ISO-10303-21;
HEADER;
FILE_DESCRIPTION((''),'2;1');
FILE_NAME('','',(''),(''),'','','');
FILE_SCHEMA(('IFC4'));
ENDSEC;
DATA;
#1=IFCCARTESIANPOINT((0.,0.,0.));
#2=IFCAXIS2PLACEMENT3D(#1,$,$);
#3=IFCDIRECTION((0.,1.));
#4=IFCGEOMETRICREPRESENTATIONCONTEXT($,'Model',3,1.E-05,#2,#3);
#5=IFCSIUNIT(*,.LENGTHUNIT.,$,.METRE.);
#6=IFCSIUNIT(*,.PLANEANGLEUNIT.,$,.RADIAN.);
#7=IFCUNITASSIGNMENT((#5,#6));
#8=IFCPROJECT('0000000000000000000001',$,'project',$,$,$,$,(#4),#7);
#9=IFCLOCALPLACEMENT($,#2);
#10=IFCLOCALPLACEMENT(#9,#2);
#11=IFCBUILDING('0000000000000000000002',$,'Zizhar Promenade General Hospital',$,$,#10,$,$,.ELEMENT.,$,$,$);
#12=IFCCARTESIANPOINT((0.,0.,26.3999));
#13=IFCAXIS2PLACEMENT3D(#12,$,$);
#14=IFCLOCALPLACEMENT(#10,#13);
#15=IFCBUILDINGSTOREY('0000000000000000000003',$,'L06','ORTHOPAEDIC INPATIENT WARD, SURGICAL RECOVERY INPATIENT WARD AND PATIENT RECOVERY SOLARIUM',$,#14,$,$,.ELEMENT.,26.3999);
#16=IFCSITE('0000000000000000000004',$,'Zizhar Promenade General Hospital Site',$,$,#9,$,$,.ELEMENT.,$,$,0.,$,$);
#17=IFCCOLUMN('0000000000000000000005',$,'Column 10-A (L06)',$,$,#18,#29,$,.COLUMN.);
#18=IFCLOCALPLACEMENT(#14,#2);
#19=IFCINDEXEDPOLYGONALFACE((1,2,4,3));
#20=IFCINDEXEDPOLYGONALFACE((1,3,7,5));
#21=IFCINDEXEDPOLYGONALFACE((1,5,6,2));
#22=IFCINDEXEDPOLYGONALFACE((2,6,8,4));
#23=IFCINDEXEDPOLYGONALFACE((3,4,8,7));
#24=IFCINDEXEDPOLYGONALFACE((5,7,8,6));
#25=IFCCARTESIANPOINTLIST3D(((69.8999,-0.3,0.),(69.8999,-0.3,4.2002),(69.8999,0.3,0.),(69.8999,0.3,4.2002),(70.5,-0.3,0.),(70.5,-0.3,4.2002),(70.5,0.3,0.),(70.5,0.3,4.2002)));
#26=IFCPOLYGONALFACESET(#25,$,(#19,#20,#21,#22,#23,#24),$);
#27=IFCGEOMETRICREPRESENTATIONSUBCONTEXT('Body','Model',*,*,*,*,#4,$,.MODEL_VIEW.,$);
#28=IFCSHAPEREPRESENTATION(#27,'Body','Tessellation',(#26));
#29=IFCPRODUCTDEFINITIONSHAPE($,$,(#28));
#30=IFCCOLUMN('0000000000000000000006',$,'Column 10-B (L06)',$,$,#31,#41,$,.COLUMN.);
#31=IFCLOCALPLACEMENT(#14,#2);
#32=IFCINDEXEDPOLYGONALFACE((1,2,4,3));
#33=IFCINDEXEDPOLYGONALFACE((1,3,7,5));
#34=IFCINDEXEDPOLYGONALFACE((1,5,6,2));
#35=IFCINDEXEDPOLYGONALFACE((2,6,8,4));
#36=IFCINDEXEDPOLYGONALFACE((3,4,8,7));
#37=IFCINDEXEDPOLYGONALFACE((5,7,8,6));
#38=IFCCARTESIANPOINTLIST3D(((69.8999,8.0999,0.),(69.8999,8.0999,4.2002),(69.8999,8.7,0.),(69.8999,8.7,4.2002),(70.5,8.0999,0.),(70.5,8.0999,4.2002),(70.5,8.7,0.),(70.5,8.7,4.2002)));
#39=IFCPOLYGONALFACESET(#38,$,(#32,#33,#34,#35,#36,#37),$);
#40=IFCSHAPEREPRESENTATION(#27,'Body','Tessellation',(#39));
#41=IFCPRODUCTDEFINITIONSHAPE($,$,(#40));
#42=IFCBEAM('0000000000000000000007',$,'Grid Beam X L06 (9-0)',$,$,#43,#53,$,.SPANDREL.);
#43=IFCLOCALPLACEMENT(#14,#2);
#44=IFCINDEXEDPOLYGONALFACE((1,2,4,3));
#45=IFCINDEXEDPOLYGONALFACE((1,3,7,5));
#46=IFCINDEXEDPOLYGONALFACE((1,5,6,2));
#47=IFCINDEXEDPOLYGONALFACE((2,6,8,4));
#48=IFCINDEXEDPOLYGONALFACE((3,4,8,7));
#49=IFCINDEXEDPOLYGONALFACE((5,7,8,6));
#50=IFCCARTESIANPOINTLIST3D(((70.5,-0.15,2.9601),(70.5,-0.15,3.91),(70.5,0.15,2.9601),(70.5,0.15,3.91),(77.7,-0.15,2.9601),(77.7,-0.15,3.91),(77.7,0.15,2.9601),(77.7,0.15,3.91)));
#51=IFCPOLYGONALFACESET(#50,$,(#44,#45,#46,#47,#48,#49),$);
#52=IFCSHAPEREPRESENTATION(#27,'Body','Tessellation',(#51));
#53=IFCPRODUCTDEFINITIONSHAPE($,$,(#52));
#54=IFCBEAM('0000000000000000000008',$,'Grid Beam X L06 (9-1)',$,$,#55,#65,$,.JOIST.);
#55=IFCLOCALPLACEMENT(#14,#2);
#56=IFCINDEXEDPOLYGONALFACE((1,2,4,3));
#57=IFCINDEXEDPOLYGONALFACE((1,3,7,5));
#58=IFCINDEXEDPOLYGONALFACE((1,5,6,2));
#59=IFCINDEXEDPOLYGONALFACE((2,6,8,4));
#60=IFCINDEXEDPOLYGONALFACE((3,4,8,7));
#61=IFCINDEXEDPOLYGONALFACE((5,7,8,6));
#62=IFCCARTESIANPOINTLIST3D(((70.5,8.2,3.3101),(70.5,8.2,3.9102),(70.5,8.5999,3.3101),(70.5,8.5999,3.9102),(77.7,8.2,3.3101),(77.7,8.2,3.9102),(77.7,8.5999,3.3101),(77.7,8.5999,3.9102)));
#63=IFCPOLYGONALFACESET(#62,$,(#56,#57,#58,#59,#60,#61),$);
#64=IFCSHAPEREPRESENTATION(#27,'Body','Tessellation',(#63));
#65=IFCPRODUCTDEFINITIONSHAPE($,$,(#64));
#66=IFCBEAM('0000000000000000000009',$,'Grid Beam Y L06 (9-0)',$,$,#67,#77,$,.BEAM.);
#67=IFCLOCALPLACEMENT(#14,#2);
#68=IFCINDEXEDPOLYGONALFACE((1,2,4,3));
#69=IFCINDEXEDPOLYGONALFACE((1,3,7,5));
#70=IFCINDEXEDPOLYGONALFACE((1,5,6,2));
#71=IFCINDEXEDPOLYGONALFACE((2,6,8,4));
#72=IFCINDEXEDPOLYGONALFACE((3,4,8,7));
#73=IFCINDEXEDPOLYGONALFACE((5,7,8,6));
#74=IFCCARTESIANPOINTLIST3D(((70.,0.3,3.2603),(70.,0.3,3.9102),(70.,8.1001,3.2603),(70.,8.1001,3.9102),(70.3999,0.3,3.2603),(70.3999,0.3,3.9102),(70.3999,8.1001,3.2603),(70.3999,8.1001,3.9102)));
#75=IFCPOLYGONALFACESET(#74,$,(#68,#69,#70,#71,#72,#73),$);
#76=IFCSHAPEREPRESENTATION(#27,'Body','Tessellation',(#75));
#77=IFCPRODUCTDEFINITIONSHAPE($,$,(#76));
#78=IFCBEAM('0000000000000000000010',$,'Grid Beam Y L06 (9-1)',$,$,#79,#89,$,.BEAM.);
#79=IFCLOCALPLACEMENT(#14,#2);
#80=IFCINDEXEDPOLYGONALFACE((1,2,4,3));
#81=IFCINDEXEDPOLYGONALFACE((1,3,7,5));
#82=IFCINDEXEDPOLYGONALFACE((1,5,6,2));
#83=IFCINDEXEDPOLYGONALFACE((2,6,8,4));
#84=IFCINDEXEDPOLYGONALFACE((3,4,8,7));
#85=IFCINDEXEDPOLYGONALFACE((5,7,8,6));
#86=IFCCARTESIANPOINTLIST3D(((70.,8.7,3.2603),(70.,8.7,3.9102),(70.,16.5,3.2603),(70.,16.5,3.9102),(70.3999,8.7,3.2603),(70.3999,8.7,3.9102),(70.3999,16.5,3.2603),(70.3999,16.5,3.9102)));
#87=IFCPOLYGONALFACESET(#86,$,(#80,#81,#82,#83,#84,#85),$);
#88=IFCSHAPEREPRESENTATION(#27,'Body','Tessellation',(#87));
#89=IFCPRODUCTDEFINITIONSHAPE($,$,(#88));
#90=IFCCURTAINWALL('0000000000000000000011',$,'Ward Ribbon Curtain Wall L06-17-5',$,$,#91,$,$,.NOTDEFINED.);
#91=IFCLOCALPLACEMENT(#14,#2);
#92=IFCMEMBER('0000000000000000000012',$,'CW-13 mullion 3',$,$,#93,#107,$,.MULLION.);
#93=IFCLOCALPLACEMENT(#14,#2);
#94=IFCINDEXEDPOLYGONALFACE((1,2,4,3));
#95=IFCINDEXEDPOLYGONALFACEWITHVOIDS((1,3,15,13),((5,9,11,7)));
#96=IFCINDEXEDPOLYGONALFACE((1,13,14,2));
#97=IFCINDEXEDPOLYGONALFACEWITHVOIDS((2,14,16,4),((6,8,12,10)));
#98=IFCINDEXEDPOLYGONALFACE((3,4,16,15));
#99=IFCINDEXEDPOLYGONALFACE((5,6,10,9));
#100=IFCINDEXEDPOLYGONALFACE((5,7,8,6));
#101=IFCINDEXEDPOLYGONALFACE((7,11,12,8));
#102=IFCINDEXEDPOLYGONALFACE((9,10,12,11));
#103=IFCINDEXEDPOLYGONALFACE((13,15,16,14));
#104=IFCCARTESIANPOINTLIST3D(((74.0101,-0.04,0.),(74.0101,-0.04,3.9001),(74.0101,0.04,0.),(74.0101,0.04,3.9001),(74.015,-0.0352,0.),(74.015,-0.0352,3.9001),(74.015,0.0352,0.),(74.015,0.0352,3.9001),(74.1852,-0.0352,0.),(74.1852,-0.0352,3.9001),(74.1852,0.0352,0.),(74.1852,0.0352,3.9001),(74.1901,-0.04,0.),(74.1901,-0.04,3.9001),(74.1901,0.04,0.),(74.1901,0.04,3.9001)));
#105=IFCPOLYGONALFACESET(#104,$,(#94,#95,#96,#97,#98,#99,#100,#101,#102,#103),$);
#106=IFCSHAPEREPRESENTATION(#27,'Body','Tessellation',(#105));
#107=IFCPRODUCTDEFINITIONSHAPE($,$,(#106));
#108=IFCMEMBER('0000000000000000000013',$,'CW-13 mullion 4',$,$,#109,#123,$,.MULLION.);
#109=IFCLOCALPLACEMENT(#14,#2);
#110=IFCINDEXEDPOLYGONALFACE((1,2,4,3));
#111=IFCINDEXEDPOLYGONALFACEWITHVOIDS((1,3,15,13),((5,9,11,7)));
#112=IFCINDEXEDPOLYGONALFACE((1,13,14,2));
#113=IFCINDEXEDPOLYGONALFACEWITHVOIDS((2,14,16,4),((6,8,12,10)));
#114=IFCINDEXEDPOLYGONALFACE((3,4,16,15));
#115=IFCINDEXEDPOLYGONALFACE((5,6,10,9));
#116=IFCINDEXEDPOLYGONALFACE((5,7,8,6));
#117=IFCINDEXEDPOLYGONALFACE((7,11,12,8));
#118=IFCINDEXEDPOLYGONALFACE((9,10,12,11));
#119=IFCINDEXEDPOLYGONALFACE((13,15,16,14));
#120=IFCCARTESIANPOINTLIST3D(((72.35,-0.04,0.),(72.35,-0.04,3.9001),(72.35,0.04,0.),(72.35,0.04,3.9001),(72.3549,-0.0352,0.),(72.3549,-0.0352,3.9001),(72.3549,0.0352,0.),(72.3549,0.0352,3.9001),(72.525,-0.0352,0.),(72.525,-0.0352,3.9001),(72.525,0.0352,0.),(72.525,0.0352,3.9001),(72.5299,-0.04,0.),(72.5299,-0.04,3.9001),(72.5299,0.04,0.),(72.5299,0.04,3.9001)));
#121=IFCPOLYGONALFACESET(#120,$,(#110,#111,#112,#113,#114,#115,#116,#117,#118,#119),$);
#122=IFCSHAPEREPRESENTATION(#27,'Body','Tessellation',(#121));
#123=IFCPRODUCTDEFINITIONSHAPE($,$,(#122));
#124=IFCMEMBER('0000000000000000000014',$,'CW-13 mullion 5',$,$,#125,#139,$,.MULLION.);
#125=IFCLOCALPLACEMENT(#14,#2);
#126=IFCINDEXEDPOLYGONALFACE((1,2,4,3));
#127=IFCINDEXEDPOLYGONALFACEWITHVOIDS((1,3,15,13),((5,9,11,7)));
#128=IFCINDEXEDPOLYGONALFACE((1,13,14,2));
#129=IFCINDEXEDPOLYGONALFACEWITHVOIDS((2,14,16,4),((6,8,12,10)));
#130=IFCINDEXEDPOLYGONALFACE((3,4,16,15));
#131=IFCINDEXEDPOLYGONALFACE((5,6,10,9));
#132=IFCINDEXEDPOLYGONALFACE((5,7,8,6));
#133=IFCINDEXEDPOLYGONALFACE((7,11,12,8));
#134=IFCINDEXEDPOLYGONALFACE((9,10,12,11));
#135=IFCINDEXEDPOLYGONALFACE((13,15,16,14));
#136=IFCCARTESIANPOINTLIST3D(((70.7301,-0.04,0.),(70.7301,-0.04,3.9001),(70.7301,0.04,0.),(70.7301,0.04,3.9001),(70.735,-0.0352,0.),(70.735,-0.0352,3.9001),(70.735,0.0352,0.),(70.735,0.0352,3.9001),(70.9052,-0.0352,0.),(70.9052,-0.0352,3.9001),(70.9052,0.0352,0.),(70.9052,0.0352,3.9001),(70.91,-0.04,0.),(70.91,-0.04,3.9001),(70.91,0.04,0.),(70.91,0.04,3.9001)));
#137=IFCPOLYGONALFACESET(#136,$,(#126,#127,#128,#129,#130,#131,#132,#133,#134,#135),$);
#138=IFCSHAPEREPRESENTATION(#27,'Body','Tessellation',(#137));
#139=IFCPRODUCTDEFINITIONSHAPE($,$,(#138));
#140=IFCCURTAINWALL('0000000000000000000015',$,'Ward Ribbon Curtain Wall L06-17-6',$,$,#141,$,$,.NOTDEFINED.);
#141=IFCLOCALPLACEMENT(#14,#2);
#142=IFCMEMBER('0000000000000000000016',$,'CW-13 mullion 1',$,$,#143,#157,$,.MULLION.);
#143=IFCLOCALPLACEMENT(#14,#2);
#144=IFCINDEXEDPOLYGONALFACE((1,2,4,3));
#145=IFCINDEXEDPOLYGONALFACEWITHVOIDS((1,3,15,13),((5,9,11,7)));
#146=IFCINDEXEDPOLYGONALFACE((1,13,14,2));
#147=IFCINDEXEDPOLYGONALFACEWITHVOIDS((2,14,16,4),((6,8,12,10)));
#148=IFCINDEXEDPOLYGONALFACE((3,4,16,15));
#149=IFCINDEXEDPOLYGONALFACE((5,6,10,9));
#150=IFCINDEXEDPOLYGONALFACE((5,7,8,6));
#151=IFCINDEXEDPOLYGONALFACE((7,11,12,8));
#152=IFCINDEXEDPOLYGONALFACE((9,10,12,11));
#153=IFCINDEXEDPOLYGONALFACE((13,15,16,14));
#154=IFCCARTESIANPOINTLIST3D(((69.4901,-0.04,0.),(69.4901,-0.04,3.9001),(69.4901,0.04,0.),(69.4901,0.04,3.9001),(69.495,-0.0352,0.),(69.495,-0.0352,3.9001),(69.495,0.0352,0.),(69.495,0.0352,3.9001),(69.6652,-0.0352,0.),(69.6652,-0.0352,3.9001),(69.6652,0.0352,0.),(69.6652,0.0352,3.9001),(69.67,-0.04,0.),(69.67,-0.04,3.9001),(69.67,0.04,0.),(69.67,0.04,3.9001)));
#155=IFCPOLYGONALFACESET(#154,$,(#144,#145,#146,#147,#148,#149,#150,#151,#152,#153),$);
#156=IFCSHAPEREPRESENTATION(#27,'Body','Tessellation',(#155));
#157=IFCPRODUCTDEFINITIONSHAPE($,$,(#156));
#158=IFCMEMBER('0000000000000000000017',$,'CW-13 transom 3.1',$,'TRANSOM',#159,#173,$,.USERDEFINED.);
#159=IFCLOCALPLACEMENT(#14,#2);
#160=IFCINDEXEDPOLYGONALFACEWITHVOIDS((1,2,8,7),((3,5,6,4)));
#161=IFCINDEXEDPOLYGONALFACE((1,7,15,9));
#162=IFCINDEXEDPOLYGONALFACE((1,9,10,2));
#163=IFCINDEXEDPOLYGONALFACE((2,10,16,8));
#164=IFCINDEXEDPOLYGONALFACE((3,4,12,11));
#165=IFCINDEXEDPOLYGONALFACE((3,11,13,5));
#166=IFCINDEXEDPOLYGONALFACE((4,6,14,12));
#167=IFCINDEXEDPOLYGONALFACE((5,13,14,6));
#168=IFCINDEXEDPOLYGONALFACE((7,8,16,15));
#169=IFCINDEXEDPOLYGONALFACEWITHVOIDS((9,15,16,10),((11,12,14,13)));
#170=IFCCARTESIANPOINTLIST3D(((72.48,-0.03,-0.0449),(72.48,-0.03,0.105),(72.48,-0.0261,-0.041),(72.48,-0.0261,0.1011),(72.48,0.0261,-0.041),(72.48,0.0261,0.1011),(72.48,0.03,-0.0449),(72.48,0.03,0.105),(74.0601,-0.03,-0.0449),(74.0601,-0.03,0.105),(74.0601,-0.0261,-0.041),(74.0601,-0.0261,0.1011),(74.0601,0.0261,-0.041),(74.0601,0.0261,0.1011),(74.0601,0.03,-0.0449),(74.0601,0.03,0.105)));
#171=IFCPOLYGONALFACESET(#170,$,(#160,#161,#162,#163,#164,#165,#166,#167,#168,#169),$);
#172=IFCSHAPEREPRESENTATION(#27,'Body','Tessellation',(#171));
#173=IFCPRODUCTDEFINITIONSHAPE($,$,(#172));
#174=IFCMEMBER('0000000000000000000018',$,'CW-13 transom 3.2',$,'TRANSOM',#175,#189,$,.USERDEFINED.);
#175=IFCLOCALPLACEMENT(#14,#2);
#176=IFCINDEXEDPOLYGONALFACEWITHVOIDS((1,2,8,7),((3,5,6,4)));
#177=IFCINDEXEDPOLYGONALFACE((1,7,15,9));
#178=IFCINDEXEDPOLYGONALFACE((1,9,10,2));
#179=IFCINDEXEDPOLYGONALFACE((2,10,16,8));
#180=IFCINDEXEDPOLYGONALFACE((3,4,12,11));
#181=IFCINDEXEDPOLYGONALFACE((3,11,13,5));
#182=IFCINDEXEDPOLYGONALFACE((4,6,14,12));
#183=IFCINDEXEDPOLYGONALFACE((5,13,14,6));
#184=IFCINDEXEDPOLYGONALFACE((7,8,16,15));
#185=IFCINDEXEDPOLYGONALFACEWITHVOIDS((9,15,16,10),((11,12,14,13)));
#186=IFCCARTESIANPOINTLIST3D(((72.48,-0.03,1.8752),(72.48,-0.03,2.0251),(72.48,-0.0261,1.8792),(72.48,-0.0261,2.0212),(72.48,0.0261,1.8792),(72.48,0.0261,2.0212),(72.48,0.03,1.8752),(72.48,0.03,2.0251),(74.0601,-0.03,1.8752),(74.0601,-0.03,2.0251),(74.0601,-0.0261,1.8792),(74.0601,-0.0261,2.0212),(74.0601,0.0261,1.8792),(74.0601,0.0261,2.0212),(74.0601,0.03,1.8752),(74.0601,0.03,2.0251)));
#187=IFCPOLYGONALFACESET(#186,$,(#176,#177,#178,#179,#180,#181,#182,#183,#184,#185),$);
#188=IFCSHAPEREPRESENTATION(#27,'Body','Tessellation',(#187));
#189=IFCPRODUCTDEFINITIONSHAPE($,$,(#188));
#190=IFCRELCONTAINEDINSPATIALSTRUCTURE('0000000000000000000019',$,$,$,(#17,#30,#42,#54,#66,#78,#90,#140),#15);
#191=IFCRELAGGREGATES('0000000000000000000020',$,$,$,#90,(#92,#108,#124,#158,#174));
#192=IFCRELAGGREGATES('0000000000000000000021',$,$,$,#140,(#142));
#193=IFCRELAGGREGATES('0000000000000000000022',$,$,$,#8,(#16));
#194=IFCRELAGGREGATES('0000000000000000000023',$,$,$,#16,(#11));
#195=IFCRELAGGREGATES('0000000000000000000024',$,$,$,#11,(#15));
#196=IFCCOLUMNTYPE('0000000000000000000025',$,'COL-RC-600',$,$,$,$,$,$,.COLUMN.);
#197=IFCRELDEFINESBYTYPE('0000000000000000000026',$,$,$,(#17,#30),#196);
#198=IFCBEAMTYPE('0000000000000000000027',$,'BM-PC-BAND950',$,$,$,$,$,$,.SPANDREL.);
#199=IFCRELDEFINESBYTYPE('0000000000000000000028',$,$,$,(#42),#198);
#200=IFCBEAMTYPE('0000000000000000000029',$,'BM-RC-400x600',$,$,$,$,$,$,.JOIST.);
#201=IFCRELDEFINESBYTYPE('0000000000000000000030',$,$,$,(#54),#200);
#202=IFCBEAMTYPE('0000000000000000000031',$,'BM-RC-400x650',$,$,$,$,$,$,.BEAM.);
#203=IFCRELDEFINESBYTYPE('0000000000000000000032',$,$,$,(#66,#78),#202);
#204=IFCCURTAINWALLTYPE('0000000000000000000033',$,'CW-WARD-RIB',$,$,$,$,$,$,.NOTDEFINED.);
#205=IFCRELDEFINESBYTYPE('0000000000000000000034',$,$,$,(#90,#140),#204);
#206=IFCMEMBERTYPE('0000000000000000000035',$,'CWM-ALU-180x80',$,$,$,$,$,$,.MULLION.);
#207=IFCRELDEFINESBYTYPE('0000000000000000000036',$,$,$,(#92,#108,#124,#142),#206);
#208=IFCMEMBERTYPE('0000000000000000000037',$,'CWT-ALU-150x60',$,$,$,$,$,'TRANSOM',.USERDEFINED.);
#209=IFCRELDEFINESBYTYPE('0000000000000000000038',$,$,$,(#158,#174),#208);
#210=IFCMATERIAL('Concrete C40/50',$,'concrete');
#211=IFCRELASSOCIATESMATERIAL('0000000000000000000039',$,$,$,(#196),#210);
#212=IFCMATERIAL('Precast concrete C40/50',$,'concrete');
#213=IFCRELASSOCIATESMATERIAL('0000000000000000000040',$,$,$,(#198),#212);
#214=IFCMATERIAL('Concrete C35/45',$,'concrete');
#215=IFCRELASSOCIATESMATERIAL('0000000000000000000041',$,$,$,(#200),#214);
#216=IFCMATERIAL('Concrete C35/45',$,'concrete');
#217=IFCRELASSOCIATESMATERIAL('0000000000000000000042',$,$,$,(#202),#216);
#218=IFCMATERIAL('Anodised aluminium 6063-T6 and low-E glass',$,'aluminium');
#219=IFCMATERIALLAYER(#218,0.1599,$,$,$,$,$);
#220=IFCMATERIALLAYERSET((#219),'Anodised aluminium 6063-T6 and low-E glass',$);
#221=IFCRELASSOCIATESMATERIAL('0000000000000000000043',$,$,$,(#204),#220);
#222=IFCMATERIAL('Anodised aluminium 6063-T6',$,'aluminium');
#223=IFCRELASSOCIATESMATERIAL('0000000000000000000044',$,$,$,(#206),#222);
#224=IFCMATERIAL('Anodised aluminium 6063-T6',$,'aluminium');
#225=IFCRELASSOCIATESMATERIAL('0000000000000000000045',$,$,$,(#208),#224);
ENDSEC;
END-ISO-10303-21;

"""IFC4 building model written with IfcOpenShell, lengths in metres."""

from ifc_helpers import new_model, si_unit, direction, frame, origin, origin_2d, place, context, subcontext, project, spatial, rectangle, hollow_rectangle, extrude, material, layer, layer_set, material_profile, profile_set, type_object, element, aggregate, save


model = new_model("IFC4")

# Units and contexts
model_context = context("Model", 3, precision=1e-05, world=origin(), true_north=direction((0.0, 1.0)))
body_context = subcontext(model_context, "Body", "Model", "MODEL_VIEW")
ifc_project = project(units=[si_unit("LENGTHUNIT", "METRE"), si_unit("PLANEANGLEUNIT", "RADIAN")], contexts=[model_context])

# Site, building, storey
site_placement = place(None, origin())
site = spatial("IfcSite", under=ifc_project, at=site_placement, Name="Zizhar Promenade General Hospital Site", CompositionType="ELEMENT", RefElevation=0.0)
building_placement = place(site_placement, origin())
building = spatial("IfcBuilding", under=site, at=building_placement, Name="Zizhar Promenade General Hospital", CompositionType="ELEMENT")
storey_placement = place(building_placement, frame((0.0, 0.0, 26.3999)))
storey = spatial("IfcBuildingStorey", under=building, at=storey_placement, Name="L06", Description="ORTHOPAEDIC INPATIENT WARD, SURGICAL RECOVERY INPATIENT WARD AND PATIENT RECOVERY SOLARIUM", CompositionType="ELEMENT", Elevation=26.3999)

# Columns
ifc_material_1 = material(Name="Concrete C40/50", Category="concrete")
ifc_material_profile_1 = material_profile(ifc_material_1, rectangle(XDim=0.6001, YDim=0.6001, at=origin_2d()))
ifc_profile_set_1 = profile_set([ifc_material_profile_1], Name="Concrete C40/50")
column_type = type_object("IfcColumnType", Name="COL-RC-600", PredefinedType="COLUMN", material=ifc_profile_set_1)
for number, where, z_axis, x_axis, name in (
    (1, (70.2, 0.0, 0.0), (0.0, 0.0, 1.0), (1.0, 0.0, 0.0), "Column 10-A (L06)"),
    (2, (70.2, 8.3999, 0.0), (0.0, 0.0, 1.0), (1.0, 0.0, 0.0), "Column 10-B (L06)"),
):
    element("IfcColumn", number, at=place(storey_placement, frame(where, z_axis=z_axis, x_axis=x_axis)), inside=storey, type_object=column_type, Name=name, PredefinedType="COLUMN", context=body_context, shape_type="SweptSolid", body=[
        extrude(rectangle(XDim=0.6001, YDim=0.6001, at=origin_2d()), origin(), (0.0, 0.0, 1.0), 4.2002),
    ])

# Beams
ifc_material_2 = material(Name="Precast concrete C40/50", Category="concrete")
ifc_material_profile_2 = material_profile(ifc_material_2, rectangle(XDim=0.3, YDim=0.95, at=origin_2d()))
ifc_profile_set_2 = profile_set([ifc_material_profile_2], Name="Precast concrete C40/50")
beam_type_1 = type_object("IfcBeamType", Name="BM-PC-BAND950", PredefinedType="SPANDREL", material=ifc_profile_set_2)
beam_1_placement = place(storey_placement, frame((70.5, 0.0, 3.4351), z_axis=(1.0, 0.0, 0.0), x_axis=(0.0, 1.0, 0.0)))
element("IfcBeam", 3, at=beam_1_placement, inside=storey, type_object=beam_type_1, Name="Grid Beam X L06 (9-0)", PredefinedType="SPANDREL", context=body_context, shape_type="SweptSolid", body=[
    extrude(rectangle(XDim=0.3, YDim=0.95, at=origin_2d()), origin(), (0.0, 0.0, 1.0), 7.2),
])
ifc_material_3 = material(Name="Concrete C35/45", Category="concrete")
ifc_material_profile_3 = material_profile(ifc_material_3, rectangle(XDim=0.3999, YDim=0.6001, at=origin_2d()))
ifc_profile_set_3 = profile_set([ifc_material_profile_3], Name="Concrete C35/45")
beam_type_2 = type_object("IfcBeamType", Name="BM-RC-400x600", PredefinedType="JOIST", material=ifc_profile_set_3)
beam_2_placement = place(storey_placement, frame((70.5, 8.3999, 3.6101), z_axis=(1.0, 0.0, 0.0), x_axis=(0.0, 1.0, 0.0)))
element("IfcBeam", 4, at=beam_2_placement, inside=storey, type_object=beam_type_2, Name="Grid Beam X L06 (9-1)", PredefinedType="JOIST", context=body_context, shape_type="SweptSolid", body=[
    extrude(rectangle(XDim=0.3999, YDim=0.6001, at=origin_2d()), origin(), (0.0, 0.0, 1.0), 7.2),
])
ifc_material_4 = material(Name="Concrete C35/45", Category="concrete")
ifc_material_profile_4 = material_profile(ifc_material_4, rectangle(XDim=0.3999, YDim=0.6499, at=origin_2d()))
ifc_profile_set_4 = profile_set([ifc_material_profile_4], Name="Concrete C35/45")
beam_type_3 = type_object("IfcBeamType", Name="BM-RC-400x650", PredefinedType="BEAM", material=ifc_profile_set_4)
for number, where, z_axis, x_axis, name in (
    (5, (70.2, 0.3, 3.5852), (0.0, 1.0, 0.0), (-1.0, 0.0, 0.0), "Grid Beam Y L06 (9-0)"),
    (6, (70.2, 8.7, 3.5852), (0.0, 1.0, 0.0), (-1.0, 0.0, 0.0), "Grid Beam Y L06 (9-1)"),
):
    element("IfcBeam", number, at=place(storey_placement, frame(where, z_axis=z_axis, x_axis=x_axis)), inside=storey, type_object=beam_type_3, Name=name, PredefinedType="BEAM", context=body_context, shape_type="SweptSolid", body=[
        extrude(rectangle(XDim=0.3999, YDim=0.6499, at=origin_2d()), origin(), (0.0, 0.0, 1.0), 7.8),
    ])

# Curtain wall, members
ifc_material_5 = material(Name="Anodised aluminium 6063-T6 and low-E glass", Category="aluminium")
ifc_layer_1 = layer(ifc_material_5, 0.1599)
ifc_layer_set_1 = layer_set([ifc_layer_1], Name="Anodised aluminium 6063-T6 and low-E glass")
curtain_wall_type = type_object("IfcCurtainWallType", Name="CW-WARD-RIB", PredefinedType="NOTDEFINED", material=ifc_layer_set_1)
curtain_wall_1_placement = place(storey_placement, origin())
curtain_wall_1 = element("IfcCurtainWall", 7, at=curtain_wall_1_placement, inside=storey, type_object=curtain_wall_type, Name="Ward Ribbon Curtain Wall L06-17-5", PredefinedType="NOTDEFINED")
ifc_material_6 = material(Name="Anodised aluminium 6063-T6", Category="aluminium")
ifc_material_profile_5 = material_profile(ifc_material_6, hollow_rectangle(XDim=0.0801, YDim=0.1799, WallThickness=0.0049, at=origin_2d()))
ifc_profile_set_5 = profile_set([ifc_material_profile_5], Name="Anodised aluminium 6063-T6")
member_type_1 = type_object("IfcMemberType", Name="CWM-ALU-180x80", PredefinedType="MULLION", material=ifc_profile_set_5)
member_1_placement = place(storey_placement, frame((74.1001, 0.0, 0.0), z_axis=(0.0, 0.0, 1.0), x_axis=(0.0, -1.0, 0.0)))
member_1 = element("IfcMember", 8, at=member_1_placement, type_object=member_type_1, Name="CW-13 mullion 3", PredefinedType="MULLION", context=body_context, shape_type="SweptSolid", body=[
    extrude(hollow_rectangle(XDim=0.0801, YDim=0.1799, WallThickness=0.0049, at=origin_2d()), origin(), (0.0, 0.0, 1.0), 3.9001),
])
member_2_placement = place(storey_placement, frame((72.4399, 0.0, 0.0), z_axis=(0.0, 0.0, 1.0), x_axis=(0.0, -1.0, 0.0)))
member_2 = element("IfcMember", 9, at=member_2_placement, type_object=member_type_1, Name="CW-13 mullion 4", PredefinedType="MULLION", context=body_context, shape_type="SweptSolid", body=[
    extrude(hollow_rectangle(XDim=0.0801, YDim=0.1799, WallThickness=0.0049, at=origin_2d()), origin(), (0.0, 0.0, 1.0), 3.9001),
])
member_3_placement = place(storey_placement, frame((70.8201, 0.0, 0.0), z_axis=(0.0, 0.0, 1.0), x_axis=(0.0, -1.0, 0.0)))
member_3 = element("IfcMember", 10, at=member_3_placement, type_object=member_type_1, Name="CW-13 mullion 5", PredefinedType="MULLION", context=body_context, shape_type="SweptSolid", body=[
    extrude(hollow_rectangle(XDim=0.0801, YDim=0.1799, WallThickness=0.0049, at=origin_2d()), origin(), (0.0, 0.0, 1.0), 3.9001),
])

# Curtain wall, member
curtain_wall_2_placement = place(storey_placement, origin())
curtain_wall_2 = element("IfcCurtainWall", 11, at=curtain_wall_2_placement, inside=storey, type_object=curtain_wall_type, Name="Ward Ribbon Curtain Wall L06-17-6", PredefinedType="NOTDEFINED")
member_4_placement = place(storey_placement, frame((69.5801, 0.0, 0.0), z_axis=(0.0, 0.0, 1.0), x_axis=(0.0, -1.0, 0.0)))
member_4 = element("IfcMember", 12, at=member_4_placement, type_object=member_type_1, Name="CW-13 mullion 1", PredefinedType="MULLION", context=body_context, shape_type="SweptSolid", body=[
    extrude(hollow_rectangle(XDim=0.0801, YDim=0.1799, WallThickness=0.0049, at=origin_2d()), origin(), (0.0, 0.0, 1.0), 3.9001),
])

# Members
ifc_material_7 = material(Name="Anodised aluminium 6063-T6", Category="aluminium")
ifc_material_profile_6 = material_profile(ifc_material_7, hollow_rectangle(XDim=0.0601, YDim=0.1499, WallThickness=0.0039, at=origin_2d()))
ifc_profile_set_6 = profile_set([ifc_material_profile_6], Name="Anodised aluminium 6063-T6")
member_type_2 = type_object("IfcMemberType", Name="CWT-ALU-150x60", ElementType="TRANSOM", PredefinedType="USERDEFINED", material=ifc_profile_set_6)
member_5_placement = place(storey_placement, frame((74.0601, 0.0, 0.03), z_axis=(-1.0, 0.0, 0.0), x_axis=(0.0, -1.0, 0.0)))
member_5 = element("IfcMember", 13, at=member_5_placement, type_object=member_type_2, Name="CW-13 transom 3.1", ObjectType="TRANSOM", PredefinedType="USERDEFINED", context=body_context, shape_type="SweptSolid", body=[
    extrude(hollow_rectangle(XDim=0.0601, YDim=0.1499, WallThickness=0.0039, at=origin_2d()), origin(), (0.0, 0.0, 1.0), 1.5801),
])
member_6_placement = place(storey_placement, frame((74.0601, 0.0, 1.9502), z_axis=(-1.0, 0.0, 0.0), x_axis=(0.0, -1.0, 0.0)))
member_6 = element("IfcMember", 14, at=member_6_placement, type_object=member_type_2, Name="CW-13 transom 3.2", ObjectType="TRANSOM", PredefinedType="USERDEFINED", context=body_context, shape_type="SweptSolid", body=[
    extrude(hollow_rectangle(XDim=0.0601, YDim=0.1499, WallThickness=0.0039, at=origin_2d()), origin(), (0.0, 0.0, 1.0), 1.5801),
])

aggregate(curtain_wall_1, [member_1, member_2, member_3, member_5, member_6])
aggregate(curtain_wall_2, [member_4])

save(model, "model.ifc")
